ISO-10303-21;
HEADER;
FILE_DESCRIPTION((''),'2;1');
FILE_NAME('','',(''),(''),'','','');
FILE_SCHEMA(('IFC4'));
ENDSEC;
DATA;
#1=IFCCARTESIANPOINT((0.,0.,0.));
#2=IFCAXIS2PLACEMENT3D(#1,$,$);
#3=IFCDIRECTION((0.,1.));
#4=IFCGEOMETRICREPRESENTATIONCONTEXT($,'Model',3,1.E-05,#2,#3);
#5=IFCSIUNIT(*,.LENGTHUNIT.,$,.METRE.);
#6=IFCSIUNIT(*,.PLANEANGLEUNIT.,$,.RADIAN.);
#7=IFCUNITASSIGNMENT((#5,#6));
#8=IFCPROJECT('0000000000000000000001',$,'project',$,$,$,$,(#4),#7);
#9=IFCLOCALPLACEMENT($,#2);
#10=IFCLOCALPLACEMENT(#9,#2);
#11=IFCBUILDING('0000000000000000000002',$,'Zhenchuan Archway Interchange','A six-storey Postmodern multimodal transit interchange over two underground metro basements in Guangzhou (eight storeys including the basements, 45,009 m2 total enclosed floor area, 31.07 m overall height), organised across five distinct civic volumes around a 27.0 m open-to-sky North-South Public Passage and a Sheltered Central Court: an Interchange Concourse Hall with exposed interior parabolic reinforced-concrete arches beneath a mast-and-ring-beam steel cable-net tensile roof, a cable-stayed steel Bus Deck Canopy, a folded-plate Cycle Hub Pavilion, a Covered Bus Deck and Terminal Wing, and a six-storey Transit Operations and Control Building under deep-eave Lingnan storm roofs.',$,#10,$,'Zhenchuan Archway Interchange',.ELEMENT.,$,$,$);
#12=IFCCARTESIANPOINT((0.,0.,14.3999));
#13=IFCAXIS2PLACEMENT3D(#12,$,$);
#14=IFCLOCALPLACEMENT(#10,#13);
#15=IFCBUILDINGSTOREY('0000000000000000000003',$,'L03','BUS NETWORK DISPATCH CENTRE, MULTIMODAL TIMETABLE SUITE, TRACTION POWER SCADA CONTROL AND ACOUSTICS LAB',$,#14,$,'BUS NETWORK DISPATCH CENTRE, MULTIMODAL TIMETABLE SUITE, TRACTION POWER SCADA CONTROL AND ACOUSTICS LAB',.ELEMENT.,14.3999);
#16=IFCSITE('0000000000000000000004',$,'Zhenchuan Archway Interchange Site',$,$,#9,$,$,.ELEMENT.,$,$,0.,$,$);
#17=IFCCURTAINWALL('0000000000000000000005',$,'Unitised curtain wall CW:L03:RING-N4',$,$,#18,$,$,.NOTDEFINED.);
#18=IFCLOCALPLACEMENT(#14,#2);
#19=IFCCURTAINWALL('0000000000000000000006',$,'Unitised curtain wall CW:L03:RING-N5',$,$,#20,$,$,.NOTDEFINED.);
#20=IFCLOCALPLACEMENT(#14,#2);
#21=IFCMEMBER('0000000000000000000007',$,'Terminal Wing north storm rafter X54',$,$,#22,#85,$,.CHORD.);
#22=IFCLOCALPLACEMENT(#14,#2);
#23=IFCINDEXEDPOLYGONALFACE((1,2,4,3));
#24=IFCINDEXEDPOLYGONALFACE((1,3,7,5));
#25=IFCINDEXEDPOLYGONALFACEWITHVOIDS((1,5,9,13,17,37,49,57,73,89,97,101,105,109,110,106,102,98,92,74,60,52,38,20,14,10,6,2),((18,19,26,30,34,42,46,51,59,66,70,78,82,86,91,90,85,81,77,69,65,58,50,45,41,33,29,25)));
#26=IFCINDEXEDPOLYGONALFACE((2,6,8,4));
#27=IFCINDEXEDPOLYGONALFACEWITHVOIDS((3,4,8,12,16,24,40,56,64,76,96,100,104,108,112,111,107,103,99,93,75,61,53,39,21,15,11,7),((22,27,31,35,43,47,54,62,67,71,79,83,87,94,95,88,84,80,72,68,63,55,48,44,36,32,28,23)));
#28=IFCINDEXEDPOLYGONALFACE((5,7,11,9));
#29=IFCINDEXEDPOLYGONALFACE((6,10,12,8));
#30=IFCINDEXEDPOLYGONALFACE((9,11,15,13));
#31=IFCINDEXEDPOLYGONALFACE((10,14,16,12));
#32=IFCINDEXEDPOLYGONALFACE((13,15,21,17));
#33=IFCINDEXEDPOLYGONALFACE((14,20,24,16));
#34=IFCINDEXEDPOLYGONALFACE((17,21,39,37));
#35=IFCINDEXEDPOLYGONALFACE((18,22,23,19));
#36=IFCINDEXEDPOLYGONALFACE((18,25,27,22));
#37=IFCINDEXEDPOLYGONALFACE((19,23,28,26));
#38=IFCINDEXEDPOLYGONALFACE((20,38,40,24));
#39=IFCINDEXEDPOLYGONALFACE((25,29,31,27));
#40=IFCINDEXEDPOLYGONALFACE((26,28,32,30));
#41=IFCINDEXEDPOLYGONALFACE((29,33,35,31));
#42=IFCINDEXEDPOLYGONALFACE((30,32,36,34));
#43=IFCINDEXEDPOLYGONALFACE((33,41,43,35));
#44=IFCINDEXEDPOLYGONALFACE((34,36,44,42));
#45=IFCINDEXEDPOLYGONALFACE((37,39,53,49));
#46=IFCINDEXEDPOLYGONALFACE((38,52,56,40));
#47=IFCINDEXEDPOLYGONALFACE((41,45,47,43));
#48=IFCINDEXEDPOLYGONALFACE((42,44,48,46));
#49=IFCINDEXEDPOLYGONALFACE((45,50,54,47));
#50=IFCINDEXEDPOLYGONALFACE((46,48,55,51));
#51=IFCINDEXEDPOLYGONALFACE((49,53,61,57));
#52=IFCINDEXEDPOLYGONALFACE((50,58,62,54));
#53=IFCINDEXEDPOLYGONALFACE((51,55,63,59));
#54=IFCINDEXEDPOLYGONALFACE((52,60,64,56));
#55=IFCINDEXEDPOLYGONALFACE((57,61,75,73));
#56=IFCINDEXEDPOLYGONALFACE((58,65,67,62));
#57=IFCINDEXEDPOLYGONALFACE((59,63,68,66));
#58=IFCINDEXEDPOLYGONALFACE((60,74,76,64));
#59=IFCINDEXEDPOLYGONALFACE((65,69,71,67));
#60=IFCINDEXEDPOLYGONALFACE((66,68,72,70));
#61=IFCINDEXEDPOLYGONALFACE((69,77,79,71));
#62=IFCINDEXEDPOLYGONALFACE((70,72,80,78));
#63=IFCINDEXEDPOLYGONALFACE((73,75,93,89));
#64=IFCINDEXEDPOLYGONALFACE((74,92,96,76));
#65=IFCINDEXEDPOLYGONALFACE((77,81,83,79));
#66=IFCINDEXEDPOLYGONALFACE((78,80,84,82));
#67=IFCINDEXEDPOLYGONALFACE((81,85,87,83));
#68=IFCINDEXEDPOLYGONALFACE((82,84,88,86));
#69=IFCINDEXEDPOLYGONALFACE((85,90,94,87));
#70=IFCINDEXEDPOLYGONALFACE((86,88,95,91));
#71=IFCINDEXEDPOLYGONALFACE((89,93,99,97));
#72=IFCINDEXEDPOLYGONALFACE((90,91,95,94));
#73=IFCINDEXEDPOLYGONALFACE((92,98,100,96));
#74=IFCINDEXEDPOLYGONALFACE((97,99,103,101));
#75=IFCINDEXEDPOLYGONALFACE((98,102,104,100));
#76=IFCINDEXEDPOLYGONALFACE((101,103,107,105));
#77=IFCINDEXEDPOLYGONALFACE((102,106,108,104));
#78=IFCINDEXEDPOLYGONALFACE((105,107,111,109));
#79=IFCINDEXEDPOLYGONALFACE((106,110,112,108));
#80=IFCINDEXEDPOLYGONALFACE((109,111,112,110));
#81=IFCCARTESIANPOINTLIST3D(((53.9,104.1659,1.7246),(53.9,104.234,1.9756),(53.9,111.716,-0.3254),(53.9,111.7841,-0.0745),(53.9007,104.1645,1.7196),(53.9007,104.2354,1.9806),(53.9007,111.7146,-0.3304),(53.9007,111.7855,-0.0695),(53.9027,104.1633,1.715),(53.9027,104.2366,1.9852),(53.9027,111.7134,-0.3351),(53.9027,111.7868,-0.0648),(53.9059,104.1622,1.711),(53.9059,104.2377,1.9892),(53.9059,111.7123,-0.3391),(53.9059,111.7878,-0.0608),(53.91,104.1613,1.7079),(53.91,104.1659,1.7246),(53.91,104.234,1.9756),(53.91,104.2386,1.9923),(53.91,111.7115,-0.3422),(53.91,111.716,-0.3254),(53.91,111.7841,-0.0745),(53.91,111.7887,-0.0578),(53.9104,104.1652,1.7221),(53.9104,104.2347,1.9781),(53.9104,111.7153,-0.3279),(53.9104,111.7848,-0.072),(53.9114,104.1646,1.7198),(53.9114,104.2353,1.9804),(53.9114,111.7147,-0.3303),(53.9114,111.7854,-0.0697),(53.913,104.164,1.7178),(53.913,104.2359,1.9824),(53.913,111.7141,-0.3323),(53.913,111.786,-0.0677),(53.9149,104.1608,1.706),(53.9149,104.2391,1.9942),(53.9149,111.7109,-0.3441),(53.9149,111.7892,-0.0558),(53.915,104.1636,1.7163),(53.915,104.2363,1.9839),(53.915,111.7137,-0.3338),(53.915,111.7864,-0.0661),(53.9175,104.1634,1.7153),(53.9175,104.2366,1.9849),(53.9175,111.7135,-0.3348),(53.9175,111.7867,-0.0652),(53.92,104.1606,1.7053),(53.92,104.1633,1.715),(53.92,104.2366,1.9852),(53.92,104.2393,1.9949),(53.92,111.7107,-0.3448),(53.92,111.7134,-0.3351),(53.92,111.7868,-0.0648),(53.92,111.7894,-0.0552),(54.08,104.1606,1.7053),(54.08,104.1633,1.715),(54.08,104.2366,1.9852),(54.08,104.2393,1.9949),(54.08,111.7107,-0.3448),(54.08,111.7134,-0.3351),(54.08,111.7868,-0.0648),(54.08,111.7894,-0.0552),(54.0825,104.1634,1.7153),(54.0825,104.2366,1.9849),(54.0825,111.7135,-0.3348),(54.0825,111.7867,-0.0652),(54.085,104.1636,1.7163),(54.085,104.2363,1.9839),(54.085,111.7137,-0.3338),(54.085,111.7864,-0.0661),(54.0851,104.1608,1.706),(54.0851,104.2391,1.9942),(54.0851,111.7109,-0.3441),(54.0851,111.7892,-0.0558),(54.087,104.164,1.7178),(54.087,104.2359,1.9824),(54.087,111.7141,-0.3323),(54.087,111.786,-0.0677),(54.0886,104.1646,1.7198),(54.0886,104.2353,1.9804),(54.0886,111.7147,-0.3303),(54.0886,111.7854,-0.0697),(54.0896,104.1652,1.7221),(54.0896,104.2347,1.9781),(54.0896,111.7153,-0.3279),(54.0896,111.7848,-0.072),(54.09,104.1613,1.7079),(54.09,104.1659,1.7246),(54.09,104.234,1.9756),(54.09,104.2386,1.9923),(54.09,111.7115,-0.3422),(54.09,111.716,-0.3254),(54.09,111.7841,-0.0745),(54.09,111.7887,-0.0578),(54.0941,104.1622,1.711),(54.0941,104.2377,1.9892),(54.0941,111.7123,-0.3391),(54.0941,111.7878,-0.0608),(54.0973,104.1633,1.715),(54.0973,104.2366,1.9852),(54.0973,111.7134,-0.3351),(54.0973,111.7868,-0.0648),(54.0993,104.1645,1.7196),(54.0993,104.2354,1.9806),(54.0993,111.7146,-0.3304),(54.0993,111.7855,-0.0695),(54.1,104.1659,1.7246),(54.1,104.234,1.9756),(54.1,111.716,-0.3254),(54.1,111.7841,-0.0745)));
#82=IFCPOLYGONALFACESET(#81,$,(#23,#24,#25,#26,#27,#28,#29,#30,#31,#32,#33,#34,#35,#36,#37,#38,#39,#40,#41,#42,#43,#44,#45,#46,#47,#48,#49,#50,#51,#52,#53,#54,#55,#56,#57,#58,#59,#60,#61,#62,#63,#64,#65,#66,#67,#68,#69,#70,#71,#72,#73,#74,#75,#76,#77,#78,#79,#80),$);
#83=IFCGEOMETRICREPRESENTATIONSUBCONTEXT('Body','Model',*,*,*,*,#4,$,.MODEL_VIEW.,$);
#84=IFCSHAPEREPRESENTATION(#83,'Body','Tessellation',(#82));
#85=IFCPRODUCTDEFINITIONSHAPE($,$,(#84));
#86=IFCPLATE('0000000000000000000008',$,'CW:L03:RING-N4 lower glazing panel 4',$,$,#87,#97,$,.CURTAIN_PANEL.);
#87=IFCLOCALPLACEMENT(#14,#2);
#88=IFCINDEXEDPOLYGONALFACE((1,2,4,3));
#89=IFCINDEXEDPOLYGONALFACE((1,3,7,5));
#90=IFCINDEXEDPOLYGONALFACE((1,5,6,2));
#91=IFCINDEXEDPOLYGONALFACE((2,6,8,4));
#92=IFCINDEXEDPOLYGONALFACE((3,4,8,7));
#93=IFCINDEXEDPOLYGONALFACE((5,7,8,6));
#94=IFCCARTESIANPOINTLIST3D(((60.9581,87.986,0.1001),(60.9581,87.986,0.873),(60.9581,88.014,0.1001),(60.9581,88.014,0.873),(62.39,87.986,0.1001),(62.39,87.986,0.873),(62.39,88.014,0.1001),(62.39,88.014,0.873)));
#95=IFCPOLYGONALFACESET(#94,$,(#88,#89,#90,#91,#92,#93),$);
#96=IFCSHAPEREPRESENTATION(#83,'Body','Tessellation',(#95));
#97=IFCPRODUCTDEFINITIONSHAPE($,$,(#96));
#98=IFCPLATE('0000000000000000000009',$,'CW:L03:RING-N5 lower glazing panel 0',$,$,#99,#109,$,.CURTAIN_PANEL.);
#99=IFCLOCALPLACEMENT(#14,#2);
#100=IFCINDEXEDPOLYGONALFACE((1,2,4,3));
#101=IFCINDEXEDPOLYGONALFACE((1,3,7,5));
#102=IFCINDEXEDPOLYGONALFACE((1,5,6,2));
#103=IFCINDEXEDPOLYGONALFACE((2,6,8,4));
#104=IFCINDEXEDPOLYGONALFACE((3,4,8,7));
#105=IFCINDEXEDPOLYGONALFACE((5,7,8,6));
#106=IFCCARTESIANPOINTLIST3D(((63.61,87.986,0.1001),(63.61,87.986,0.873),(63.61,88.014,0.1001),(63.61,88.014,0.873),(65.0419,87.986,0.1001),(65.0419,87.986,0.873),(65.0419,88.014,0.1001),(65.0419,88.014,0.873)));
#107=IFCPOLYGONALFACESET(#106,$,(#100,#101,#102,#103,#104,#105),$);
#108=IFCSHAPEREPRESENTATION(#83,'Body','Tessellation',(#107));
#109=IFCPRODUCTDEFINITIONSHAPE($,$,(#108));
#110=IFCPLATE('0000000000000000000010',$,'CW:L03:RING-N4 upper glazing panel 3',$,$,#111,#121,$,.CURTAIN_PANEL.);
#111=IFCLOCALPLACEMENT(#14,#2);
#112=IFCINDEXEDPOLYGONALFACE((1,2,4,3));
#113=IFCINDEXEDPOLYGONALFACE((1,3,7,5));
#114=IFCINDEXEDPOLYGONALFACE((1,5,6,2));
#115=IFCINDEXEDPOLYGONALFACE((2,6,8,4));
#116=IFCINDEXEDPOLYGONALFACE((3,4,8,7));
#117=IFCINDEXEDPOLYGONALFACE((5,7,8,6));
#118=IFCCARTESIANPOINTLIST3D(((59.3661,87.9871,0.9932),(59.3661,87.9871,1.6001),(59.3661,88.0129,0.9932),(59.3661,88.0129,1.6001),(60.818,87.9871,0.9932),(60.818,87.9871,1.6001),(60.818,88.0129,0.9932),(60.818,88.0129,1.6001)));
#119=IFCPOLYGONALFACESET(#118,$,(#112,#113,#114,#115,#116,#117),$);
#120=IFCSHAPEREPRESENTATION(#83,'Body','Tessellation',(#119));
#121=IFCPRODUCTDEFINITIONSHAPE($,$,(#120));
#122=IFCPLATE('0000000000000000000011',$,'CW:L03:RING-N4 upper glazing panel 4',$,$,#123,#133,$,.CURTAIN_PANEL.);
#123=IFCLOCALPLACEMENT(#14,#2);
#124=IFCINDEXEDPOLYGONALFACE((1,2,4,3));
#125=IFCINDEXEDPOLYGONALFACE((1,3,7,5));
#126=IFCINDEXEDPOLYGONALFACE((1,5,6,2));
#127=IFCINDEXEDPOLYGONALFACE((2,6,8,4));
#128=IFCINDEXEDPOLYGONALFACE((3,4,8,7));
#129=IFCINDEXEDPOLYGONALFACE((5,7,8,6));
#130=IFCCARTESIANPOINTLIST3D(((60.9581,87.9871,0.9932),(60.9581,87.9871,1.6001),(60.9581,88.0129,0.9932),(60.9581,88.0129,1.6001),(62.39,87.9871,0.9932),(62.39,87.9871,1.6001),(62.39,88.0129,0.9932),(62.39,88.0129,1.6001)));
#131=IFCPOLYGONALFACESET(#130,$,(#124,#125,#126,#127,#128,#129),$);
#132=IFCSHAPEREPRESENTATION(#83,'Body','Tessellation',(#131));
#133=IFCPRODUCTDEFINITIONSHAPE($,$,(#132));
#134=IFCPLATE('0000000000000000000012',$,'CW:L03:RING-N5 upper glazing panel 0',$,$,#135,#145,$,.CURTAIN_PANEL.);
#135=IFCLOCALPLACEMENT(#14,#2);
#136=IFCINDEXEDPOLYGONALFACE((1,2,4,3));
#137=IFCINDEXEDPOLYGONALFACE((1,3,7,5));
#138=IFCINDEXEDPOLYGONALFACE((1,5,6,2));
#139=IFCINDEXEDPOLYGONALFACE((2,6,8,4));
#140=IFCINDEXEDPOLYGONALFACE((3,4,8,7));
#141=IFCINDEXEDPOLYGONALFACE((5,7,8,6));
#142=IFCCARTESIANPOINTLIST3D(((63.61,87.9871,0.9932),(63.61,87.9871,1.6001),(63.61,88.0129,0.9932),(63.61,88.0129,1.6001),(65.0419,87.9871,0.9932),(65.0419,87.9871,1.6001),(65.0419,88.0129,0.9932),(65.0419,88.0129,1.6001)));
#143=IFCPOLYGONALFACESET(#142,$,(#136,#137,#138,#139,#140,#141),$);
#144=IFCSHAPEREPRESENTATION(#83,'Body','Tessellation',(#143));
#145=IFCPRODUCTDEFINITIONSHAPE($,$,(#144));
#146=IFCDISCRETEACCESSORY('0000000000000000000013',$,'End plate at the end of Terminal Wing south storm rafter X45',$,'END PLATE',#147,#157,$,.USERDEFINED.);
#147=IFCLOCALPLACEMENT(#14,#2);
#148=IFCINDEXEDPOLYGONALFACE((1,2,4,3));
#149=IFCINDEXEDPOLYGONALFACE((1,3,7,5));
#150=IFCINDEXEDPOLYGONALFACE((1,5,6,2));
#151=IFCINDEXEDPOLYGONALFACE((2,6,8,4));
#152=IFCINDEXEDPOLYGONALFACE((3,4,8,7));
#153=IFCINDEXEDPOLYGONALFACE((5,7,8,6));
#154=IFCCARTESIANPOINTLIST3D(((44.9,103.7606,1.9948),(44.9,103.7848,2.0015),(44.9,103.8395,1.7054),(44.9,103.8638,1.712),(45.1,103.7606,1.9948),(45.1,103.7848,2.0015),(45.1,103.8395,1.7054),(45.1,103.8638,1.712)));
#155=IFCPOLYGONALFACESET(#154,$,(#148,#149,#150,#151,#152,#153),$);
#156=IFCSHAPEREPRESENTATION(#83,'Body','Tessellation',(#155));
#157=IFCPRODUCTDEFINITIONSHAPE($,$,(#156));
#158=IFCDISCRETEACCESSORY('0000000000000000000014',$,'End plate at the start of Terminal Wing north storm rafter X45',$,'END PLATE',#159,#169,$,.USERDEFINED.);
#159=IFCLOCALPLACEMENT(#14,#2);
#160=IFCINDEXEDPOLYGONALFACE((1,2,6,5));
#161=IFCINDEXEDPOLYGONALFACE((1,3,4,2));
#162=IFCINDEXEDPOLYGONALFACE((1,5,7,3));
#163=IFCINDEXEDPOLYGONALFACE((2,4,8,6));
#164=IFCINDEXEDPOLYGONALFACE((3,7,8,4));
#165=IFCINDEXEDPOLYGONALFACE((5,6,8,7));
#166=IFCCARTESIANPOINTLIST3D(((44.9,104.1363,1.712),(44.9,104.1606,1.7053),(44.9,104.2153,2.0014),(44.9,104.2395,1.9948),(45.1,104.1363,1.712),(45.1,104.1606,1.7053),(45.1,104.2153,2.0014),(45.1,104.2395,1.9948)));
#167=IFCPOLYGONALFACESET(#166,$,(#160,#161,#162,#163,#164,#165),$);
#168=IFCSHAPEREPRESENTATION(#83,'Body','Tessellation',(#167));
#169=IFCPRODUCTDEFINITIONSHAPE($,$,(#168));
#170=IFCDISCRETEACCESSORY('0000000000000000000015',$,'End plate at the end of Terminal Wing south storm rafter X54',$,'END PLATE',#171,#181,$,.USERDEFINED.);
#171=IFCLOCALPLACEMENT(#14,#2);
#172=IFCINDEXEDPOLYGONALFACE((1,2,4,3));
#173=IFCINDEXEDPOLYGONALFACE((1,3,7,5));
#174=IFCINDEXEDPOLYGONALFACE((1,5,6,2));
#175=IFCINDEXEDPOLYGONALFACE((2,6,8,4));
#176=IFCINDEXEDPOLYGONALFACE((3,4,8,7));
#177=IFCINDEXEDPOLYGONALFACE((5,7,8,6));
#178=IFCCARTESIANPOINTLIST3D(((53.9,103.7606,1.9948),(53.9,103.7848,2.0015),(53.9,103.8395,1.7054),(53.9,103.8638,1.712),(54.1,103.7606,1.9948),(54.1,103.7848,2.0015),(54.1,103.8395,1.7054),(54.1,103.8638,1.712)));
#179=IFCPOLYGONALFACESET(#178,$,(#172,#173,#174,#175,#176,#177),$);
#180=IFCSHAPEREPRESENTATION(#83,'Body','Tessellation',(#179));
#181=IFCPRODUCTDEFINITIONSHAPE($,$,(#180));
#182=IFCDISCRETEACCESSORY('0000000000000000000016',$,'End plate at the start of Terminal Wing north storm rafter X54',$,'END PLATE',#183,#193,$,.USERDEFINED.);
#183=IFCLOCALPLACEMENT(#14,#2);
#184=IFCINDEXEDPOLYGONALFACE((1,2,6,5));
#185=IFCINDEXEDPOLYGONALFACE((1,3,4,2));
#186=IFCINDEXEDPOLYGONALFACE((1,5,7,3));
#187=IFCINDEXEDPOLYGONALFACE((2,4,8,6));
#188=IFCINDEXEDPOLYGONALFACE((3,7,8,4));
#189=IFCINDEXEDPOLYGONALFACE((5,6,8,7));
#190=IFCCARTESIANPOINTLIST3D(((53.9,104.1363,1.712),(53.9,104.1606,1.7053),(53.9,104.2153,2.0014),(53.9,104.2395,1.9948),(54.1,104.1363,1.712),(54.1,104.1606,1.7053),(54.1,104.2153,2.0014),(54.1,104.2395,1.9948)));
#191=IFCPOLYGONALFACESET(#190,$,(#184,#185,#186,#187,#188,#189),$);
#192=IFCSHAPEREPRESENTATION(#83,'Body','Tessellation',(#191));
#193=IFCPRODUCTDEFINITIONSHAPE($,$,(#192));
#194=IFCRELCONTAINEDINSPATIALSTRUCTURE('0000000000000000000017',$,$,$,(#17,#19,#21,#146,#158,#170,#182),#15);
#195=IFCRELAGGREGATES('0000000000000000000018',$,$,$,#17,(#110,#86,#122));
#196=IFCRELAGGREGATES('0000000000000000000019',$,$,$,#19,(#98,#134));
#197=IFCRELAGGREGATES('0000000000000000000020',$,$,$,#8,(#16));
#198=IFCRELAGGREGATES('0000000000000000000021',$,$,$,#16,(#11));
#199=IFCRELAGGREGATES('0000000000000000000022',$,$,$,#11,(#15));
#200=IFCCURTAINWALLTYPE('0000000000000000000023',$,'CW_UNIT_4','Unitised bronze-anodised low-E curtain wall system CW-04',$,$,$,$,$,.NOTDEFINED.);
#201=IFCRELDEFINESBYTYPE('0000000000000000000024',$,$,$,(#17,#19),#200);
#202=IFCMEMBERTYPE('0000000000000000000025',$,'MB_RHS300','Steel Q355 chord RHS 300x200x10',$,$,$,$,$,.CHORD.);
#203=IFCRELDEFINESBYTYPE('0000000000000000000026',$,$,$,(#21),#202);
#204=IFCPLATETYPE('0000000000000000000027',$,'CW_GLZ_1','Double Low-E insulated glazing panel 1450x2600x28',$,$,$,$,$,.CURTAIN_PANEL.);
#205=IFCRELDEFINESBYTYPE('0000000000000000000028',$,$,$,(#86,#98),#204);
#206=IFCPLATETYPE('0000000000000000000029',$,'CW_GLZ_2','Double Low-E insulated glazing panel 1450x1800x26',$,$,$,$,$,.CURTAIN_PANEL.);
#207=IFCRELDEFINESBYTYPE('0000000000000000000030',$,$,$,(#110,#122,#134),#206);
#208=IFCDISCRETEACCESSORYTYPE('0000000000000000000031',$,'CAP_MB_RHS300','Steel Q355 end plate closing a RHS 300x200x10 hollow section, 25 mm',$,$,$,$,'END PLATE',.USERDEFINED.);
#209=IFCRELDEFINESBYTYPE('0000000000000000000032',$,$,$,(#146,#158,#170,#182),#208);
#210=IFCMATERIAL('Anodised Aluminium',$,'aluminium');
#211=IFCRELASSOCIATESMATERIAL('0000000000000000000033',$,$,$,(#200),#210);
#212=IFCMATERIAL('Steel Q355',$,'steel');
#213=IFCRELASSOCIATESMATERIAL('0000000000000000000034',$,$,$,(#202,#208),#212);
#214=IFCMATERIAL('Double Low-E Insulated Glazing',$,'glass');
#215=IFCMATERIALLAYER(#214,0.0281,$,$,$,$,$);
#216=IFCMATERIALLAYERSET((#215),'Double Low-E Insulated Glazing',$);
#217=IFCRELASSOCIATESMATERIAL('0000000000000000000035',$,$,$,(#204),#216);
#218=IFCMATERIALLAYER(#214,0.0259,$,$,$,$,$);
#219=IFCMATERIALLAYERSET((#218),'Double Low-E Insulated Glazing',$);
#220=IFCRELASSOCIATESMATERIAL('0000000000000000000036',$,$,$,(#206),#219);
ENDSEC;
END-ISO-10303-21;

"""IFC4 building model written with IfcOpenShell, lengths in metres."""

from ifc_helpers import new_model, si_unit, direction, frame, origin, origin_2d, place, context, subcontext, project, spatial, rectangle, hollow_rectangle, extrude, material, layer, layer_set, material_profile, profile_set, type_object, element, aggregate, save


model = new_model("IFC4")

# Units and contexts
model_context = context("Model", 3, precision=1e-05, world=origin(), true_north=direction((0.0, 1.0)))
body_context = subcontext(model_context, "Body", "Model", "MODEL_VIEW")
ifc_project = project(units=[si_unit("LENGTHUNIT", "METRE"), si_unit("PLANEANGLEUNIT", "RADIAN")], contexts=[model_context])

# Site, building, storey
site_placement = place(None, origin())
site = spatial("IfcSite", under=ifc_project, at=site_placement, Name="Zhenchuan Archway Interchange Site", CompositionType="ELEMENT", RefElevation=0.0)
building_placement = place(site_placement, origin())
building = spatial("IfcBuilding", under=site, at=building_placement, Name="Zhenchuan Archway Interchange", Description="A six-storey Postmodern multimodal transit interchange over two underground metro basements in Guangzhou (eight storeys including the basements, 45,009 m2 total enclosed floor area, 31.07 m overall height), organised across five distinct civic volumes around a 27.0 m open-to-sky North-South Public Passage and a Sheltered Central Court: an Interchange Concourse Hall with exposed interior parabolic reinforced-concrete arches beneath a mast-and-ring-beam steel cable-net tensile roof, a cable-stayed steel Bus Deck Canopy, a folded-plate Cycle Hub Pavilion, a Covered Bus Deck and Terminal Wing, and a six-storey Transit Operations and Control Building under deep-eave Lingnan storm roofs.", LongName="Zhenchuan Archway Interchange", CompositionType="ELEMENT")
storey_placement = place(building_placement, frame((0.0, 0.0, 14.3999)))
storey = spatial("IfcBuildingStorey", under=building, at=storey_placement, Name="L03", Description="BUS NETWORK DISPATCH CENTRE, MULTIMODAL TIMETABLE SUITE, TRACTION POWER SCADA CONTROL AND ACOUSTICS LAB", LongName="BUS NETWORK DISPATCH CENTRE, MULTIMODAL TIMETABLE SUITE, TRACTION POWER SCADA CONTROL AND ACOUSTICS LAB", CompositionType="ELEMENT", Elevation=14.3999)

# Shared definitions
ifc_material_1 = material(Name="Steel Q355", Category="steel")

# Curtain walls
ifc_material_2 = material(Name="Anodised Aluminium", Category="aluminium")
curtain_wall_type = type_object("IfcCurtainWallType", Name="CW_UNIT_4", Description="Unitised bronze-anodised low-E curtain wall system CW-04", PredefinedType="NOTDEFINED", material=ifc_material_2)
curtain_wall_1_placement = place(storey_placement, origin())
curtain_wall_1 = element("IfcCurtainWall", 1, at=curtain_wall_1_placement, inside=storey, type_object=curtain_wall_type, Name="Unitised curtain wall CW:L03:RING-N4", PredefinedType="NOTDEFINED")
curtain_wall_2_placement = place(storey_placement, origin())
curtain_wall_2 = element("IfcCurtainWall", 2, at=curtain_wall_2_placement, inside=storey, type_object=curtain_wall_type, Name="Unitised curtain wall CW:L03:RING-N5", PredefinedType="NOTDEFINED")

# Member
ifc_material_profile_1 = material_profile(ifc_material_1, hollow_rectangle(XDim=0.2, YDim=0.3, WallThickness=0.01, InnerFilletRadius=0.01, OuterFilletRadius=0.02, at=origin_2d()), Name="RHS 300x200x10")
ifc_profile_set_1 = profile_set([ifc_material_profile_1], Name="Steel Q355")
member_type_1 = type_object("IfcMemberType", Name="MB_RHS300", Description="Steel Q355 chord RHS 300x200x10", PredefinedType="CHORD", material=ifc_profile_set_1)
for number, where, z_axis, x_axis, name in (
    (3, (54.0, 104.2, 1.8501), (0.0, 0.965057, -0.26204), (-1.0, 0.0, 0.0), "Terminal Wing north storm rafter X54"),
):
    element("IfcMember", number, at=place(storey_placement, frame(where, z_axis=z_axis, x_axis=x_axis)), inside=storey, type_object=member_type_1, Name=name, PredefinedType="CHORD", context=body_context, shape_type="SweptSolid", body=[
        extrude(hollow_rectangle(XDim=0.2, YDim=0.3, WallThickness=0.01, InnerFilletRadius=0.01, OuterFilletRadius=0.02, at=origin_2d()), origin(), (0.0, 0.0, 1.0), 7.8235),
    ])

# Plates
ifc_material_3 = material(Name="Double Low-E Insulated Glazing", Category="glass")
ifc_layer_1 = layer(ifc_material_3, 0.0281)
ifc_layer_set_1 = layer_set([ifc_layer_1], Name="Double Low-E Insulated Glazing")
plate_type_1 = type_object("IfcPlateType", Name="CW_GLZ_1", Description="Double Low-E insulated glazing panel 1450x2600x28", PredefinedType="CURTAIN_PANEL", material=ifc_layer_set_1)
plate_1_placement = place(storey_placement, frame((61.6741, 88.0, 0.1001), z_axis=(0.0, 0.0, 1.0), x_axis=(1.0, 0.0, 0.0)))
plate_1 = element("IfcPlate", 4, at=plate_1_placement, type_object=plate_type_1, Name="CW:L03:RING-N4 lower glazing panel 4", PredefinedType="CURTAIN_PANEL", context=body_context, shape_type="SweptSolid", body=[
    extrude(rectangle(XDim=1.4319, YDim=0.0281, at=origin_2d()), origin(), (0.0, 0.0, 1.0), 0.7729),
])
plate_2_placement = place(storey_placement, frame((64.3259, 88.0, 0.1001), z_axis=(0.0, 0.0, 1.0), x_axis=(1.0, 0.0, 0.0)))
plate_2 = element("IfcPlate", 5, at=plate_2_placement, type_object=plate_type_1, Name="CW:L03:RING-N5 lower glazing panel 0", PredefinedType="CURTAIN_PANEL", context=body_context, shape_type="SweptSolid", body=[
    extrude(rectangle(XDim=1.4319, YDim=0.0281, at=origin_2d()), origin(), (0.0, 0.0, 1.0), 0.7729),
])
ifc_layer_2 = layer(ifc_material_3, 0.0259)
ifc_layer_set_2 = layer_set([ifc_layer_2], Name="Double Low-E Insulated Glazing")
plate_type_2 = type_object("IfcPlateType", Name="CW_GLZ_2", Description="Double Low-E insulated glazing panel 1450x1800x26", PredefinedType="CURTAIN_PANEL", material=ifc_layer_set_2)
plate_3_placement = place(storey_placement, frame((60.092, 88.0, 0.9932), z_axis=(0.0, 0.0, 1.0), x_axis=(1.0, 0.0, 0.0)))
plate_3 = element("IfcPlate", 6, at=plate_3_placement, type_object=plate_type_2, Name="CW:L03:RING-N4 upper glazing panel 3", PredefinedType="CURTAIN_PANEL", context=body_context, shape_type="SweptSolid", body=[
    extrude(rectangle(XDim=1.4519, YDim=0.0259, at=origin_2d()), origin(), (0.0, 0.0, 1.0), 0.6069),
])
plate_4_placement = place(storey_placement, frame((61.6741, 88.0, 0.9932), z_axis=(0.0, 0.0, 1.0), x_axis=(1.0, 0.0, 0.0)))
plate_4 = element("IfcPlate", 7, at=plate_4_placement, type_object=plate_type_2, Name="CW:L03:RING-N4 upper glazing panel 4", PredefinedType="CURTAIN_PANEL", context=body_context, shape_type="SweptSolid", body=[
    extrude(rectangle(XDim=1.4319, YDim=0.0259, at=origin_2d()), origin(), (0.0, 0.0, 1.0), 0.6069),
])
aggregate(curtain_wall_1, [plate_3, plate_1, plate_4])
plate_5_placement = place(storey_placement, frame((64.3259, 88.0, 0.9932), z_axis=(0.0, 0.0, 1.0), x_axis=(1.0, 0.0, 0.0)))
plate_5 = element("IfcPlate", 8, at=plate_5_placement, type_object=plate_type_2, Name="CW:L03:RING-N5 upper glazing panel 0", PredefinedType="CURTAIN_PANEL", context=body_context, shape_type="SweptSolid", body=[
    extrude(rectangle(XDim=1.4319, YDim=0.0259, at=origin_2d()), origin(), (0.0, 0.0, 1.0), 0.6069),
])
aggregate(curtain_wall_2, [plate_2, plate_5])

# Discrete accessories
discrete_accessory_type = type_object("IfcDiscreteAccessoryType", Name="CAP_MB_RHS300", Description="Steel Q355 end plate closing a RHS 300x200x10 hollow section, 25 mm", ElementType="END PLATE", PredefinedType="USERDEFINED", material=ifc_material_1)
for number, where, z_axis, x_axis, name in (
    (9, (45.0, 103.8, 1.8501), (0.0, 0.964764, 0.263117), (-1.0, 0.0, 0.0), "End plate at the end of Terminal Wing south storm rafter X45"),
    (10, (45.0, 104.1758, 1.8567), (0.0, 0.964764, -0.263117), (-1.0, 0.0, 0.0), "End plate at the start of Terminal Wing north storm rafter X45"),
    (11, (54.0, 103.8, 1.8501), (0.0, 0.964764, 0.263117), (-1.0, 0.0, 0.0), "End plate at the end of Terminal Wing south storm rafter X54"),
    (12, (54.0, 104.1758, 1.8567), (0.0, 0.964764, -0.263117), (-1.0, 0.0, 0.0), "End plate at the start of Terminal Wing north storm rafter X54"),
):
    element("IfcDiscreteAccessory", number, at=place(storey_placement, frame(where, z_axis=z_axis, x_axis=x_axis)), inside=storey, type_object=discrete_accessory_type, Name=name, ObjectType="END PLATE", PredefinedType="USERDEFINED", context=body_context, shape_type="SweptSolid", body=[
        extrude(rectangle(XDim=0.2, YDim=0.3, at=origin_2d()), origin(), (0.0, 0.0, 1.0), 0.0251),
    ])

save(model, "model.ifc")
